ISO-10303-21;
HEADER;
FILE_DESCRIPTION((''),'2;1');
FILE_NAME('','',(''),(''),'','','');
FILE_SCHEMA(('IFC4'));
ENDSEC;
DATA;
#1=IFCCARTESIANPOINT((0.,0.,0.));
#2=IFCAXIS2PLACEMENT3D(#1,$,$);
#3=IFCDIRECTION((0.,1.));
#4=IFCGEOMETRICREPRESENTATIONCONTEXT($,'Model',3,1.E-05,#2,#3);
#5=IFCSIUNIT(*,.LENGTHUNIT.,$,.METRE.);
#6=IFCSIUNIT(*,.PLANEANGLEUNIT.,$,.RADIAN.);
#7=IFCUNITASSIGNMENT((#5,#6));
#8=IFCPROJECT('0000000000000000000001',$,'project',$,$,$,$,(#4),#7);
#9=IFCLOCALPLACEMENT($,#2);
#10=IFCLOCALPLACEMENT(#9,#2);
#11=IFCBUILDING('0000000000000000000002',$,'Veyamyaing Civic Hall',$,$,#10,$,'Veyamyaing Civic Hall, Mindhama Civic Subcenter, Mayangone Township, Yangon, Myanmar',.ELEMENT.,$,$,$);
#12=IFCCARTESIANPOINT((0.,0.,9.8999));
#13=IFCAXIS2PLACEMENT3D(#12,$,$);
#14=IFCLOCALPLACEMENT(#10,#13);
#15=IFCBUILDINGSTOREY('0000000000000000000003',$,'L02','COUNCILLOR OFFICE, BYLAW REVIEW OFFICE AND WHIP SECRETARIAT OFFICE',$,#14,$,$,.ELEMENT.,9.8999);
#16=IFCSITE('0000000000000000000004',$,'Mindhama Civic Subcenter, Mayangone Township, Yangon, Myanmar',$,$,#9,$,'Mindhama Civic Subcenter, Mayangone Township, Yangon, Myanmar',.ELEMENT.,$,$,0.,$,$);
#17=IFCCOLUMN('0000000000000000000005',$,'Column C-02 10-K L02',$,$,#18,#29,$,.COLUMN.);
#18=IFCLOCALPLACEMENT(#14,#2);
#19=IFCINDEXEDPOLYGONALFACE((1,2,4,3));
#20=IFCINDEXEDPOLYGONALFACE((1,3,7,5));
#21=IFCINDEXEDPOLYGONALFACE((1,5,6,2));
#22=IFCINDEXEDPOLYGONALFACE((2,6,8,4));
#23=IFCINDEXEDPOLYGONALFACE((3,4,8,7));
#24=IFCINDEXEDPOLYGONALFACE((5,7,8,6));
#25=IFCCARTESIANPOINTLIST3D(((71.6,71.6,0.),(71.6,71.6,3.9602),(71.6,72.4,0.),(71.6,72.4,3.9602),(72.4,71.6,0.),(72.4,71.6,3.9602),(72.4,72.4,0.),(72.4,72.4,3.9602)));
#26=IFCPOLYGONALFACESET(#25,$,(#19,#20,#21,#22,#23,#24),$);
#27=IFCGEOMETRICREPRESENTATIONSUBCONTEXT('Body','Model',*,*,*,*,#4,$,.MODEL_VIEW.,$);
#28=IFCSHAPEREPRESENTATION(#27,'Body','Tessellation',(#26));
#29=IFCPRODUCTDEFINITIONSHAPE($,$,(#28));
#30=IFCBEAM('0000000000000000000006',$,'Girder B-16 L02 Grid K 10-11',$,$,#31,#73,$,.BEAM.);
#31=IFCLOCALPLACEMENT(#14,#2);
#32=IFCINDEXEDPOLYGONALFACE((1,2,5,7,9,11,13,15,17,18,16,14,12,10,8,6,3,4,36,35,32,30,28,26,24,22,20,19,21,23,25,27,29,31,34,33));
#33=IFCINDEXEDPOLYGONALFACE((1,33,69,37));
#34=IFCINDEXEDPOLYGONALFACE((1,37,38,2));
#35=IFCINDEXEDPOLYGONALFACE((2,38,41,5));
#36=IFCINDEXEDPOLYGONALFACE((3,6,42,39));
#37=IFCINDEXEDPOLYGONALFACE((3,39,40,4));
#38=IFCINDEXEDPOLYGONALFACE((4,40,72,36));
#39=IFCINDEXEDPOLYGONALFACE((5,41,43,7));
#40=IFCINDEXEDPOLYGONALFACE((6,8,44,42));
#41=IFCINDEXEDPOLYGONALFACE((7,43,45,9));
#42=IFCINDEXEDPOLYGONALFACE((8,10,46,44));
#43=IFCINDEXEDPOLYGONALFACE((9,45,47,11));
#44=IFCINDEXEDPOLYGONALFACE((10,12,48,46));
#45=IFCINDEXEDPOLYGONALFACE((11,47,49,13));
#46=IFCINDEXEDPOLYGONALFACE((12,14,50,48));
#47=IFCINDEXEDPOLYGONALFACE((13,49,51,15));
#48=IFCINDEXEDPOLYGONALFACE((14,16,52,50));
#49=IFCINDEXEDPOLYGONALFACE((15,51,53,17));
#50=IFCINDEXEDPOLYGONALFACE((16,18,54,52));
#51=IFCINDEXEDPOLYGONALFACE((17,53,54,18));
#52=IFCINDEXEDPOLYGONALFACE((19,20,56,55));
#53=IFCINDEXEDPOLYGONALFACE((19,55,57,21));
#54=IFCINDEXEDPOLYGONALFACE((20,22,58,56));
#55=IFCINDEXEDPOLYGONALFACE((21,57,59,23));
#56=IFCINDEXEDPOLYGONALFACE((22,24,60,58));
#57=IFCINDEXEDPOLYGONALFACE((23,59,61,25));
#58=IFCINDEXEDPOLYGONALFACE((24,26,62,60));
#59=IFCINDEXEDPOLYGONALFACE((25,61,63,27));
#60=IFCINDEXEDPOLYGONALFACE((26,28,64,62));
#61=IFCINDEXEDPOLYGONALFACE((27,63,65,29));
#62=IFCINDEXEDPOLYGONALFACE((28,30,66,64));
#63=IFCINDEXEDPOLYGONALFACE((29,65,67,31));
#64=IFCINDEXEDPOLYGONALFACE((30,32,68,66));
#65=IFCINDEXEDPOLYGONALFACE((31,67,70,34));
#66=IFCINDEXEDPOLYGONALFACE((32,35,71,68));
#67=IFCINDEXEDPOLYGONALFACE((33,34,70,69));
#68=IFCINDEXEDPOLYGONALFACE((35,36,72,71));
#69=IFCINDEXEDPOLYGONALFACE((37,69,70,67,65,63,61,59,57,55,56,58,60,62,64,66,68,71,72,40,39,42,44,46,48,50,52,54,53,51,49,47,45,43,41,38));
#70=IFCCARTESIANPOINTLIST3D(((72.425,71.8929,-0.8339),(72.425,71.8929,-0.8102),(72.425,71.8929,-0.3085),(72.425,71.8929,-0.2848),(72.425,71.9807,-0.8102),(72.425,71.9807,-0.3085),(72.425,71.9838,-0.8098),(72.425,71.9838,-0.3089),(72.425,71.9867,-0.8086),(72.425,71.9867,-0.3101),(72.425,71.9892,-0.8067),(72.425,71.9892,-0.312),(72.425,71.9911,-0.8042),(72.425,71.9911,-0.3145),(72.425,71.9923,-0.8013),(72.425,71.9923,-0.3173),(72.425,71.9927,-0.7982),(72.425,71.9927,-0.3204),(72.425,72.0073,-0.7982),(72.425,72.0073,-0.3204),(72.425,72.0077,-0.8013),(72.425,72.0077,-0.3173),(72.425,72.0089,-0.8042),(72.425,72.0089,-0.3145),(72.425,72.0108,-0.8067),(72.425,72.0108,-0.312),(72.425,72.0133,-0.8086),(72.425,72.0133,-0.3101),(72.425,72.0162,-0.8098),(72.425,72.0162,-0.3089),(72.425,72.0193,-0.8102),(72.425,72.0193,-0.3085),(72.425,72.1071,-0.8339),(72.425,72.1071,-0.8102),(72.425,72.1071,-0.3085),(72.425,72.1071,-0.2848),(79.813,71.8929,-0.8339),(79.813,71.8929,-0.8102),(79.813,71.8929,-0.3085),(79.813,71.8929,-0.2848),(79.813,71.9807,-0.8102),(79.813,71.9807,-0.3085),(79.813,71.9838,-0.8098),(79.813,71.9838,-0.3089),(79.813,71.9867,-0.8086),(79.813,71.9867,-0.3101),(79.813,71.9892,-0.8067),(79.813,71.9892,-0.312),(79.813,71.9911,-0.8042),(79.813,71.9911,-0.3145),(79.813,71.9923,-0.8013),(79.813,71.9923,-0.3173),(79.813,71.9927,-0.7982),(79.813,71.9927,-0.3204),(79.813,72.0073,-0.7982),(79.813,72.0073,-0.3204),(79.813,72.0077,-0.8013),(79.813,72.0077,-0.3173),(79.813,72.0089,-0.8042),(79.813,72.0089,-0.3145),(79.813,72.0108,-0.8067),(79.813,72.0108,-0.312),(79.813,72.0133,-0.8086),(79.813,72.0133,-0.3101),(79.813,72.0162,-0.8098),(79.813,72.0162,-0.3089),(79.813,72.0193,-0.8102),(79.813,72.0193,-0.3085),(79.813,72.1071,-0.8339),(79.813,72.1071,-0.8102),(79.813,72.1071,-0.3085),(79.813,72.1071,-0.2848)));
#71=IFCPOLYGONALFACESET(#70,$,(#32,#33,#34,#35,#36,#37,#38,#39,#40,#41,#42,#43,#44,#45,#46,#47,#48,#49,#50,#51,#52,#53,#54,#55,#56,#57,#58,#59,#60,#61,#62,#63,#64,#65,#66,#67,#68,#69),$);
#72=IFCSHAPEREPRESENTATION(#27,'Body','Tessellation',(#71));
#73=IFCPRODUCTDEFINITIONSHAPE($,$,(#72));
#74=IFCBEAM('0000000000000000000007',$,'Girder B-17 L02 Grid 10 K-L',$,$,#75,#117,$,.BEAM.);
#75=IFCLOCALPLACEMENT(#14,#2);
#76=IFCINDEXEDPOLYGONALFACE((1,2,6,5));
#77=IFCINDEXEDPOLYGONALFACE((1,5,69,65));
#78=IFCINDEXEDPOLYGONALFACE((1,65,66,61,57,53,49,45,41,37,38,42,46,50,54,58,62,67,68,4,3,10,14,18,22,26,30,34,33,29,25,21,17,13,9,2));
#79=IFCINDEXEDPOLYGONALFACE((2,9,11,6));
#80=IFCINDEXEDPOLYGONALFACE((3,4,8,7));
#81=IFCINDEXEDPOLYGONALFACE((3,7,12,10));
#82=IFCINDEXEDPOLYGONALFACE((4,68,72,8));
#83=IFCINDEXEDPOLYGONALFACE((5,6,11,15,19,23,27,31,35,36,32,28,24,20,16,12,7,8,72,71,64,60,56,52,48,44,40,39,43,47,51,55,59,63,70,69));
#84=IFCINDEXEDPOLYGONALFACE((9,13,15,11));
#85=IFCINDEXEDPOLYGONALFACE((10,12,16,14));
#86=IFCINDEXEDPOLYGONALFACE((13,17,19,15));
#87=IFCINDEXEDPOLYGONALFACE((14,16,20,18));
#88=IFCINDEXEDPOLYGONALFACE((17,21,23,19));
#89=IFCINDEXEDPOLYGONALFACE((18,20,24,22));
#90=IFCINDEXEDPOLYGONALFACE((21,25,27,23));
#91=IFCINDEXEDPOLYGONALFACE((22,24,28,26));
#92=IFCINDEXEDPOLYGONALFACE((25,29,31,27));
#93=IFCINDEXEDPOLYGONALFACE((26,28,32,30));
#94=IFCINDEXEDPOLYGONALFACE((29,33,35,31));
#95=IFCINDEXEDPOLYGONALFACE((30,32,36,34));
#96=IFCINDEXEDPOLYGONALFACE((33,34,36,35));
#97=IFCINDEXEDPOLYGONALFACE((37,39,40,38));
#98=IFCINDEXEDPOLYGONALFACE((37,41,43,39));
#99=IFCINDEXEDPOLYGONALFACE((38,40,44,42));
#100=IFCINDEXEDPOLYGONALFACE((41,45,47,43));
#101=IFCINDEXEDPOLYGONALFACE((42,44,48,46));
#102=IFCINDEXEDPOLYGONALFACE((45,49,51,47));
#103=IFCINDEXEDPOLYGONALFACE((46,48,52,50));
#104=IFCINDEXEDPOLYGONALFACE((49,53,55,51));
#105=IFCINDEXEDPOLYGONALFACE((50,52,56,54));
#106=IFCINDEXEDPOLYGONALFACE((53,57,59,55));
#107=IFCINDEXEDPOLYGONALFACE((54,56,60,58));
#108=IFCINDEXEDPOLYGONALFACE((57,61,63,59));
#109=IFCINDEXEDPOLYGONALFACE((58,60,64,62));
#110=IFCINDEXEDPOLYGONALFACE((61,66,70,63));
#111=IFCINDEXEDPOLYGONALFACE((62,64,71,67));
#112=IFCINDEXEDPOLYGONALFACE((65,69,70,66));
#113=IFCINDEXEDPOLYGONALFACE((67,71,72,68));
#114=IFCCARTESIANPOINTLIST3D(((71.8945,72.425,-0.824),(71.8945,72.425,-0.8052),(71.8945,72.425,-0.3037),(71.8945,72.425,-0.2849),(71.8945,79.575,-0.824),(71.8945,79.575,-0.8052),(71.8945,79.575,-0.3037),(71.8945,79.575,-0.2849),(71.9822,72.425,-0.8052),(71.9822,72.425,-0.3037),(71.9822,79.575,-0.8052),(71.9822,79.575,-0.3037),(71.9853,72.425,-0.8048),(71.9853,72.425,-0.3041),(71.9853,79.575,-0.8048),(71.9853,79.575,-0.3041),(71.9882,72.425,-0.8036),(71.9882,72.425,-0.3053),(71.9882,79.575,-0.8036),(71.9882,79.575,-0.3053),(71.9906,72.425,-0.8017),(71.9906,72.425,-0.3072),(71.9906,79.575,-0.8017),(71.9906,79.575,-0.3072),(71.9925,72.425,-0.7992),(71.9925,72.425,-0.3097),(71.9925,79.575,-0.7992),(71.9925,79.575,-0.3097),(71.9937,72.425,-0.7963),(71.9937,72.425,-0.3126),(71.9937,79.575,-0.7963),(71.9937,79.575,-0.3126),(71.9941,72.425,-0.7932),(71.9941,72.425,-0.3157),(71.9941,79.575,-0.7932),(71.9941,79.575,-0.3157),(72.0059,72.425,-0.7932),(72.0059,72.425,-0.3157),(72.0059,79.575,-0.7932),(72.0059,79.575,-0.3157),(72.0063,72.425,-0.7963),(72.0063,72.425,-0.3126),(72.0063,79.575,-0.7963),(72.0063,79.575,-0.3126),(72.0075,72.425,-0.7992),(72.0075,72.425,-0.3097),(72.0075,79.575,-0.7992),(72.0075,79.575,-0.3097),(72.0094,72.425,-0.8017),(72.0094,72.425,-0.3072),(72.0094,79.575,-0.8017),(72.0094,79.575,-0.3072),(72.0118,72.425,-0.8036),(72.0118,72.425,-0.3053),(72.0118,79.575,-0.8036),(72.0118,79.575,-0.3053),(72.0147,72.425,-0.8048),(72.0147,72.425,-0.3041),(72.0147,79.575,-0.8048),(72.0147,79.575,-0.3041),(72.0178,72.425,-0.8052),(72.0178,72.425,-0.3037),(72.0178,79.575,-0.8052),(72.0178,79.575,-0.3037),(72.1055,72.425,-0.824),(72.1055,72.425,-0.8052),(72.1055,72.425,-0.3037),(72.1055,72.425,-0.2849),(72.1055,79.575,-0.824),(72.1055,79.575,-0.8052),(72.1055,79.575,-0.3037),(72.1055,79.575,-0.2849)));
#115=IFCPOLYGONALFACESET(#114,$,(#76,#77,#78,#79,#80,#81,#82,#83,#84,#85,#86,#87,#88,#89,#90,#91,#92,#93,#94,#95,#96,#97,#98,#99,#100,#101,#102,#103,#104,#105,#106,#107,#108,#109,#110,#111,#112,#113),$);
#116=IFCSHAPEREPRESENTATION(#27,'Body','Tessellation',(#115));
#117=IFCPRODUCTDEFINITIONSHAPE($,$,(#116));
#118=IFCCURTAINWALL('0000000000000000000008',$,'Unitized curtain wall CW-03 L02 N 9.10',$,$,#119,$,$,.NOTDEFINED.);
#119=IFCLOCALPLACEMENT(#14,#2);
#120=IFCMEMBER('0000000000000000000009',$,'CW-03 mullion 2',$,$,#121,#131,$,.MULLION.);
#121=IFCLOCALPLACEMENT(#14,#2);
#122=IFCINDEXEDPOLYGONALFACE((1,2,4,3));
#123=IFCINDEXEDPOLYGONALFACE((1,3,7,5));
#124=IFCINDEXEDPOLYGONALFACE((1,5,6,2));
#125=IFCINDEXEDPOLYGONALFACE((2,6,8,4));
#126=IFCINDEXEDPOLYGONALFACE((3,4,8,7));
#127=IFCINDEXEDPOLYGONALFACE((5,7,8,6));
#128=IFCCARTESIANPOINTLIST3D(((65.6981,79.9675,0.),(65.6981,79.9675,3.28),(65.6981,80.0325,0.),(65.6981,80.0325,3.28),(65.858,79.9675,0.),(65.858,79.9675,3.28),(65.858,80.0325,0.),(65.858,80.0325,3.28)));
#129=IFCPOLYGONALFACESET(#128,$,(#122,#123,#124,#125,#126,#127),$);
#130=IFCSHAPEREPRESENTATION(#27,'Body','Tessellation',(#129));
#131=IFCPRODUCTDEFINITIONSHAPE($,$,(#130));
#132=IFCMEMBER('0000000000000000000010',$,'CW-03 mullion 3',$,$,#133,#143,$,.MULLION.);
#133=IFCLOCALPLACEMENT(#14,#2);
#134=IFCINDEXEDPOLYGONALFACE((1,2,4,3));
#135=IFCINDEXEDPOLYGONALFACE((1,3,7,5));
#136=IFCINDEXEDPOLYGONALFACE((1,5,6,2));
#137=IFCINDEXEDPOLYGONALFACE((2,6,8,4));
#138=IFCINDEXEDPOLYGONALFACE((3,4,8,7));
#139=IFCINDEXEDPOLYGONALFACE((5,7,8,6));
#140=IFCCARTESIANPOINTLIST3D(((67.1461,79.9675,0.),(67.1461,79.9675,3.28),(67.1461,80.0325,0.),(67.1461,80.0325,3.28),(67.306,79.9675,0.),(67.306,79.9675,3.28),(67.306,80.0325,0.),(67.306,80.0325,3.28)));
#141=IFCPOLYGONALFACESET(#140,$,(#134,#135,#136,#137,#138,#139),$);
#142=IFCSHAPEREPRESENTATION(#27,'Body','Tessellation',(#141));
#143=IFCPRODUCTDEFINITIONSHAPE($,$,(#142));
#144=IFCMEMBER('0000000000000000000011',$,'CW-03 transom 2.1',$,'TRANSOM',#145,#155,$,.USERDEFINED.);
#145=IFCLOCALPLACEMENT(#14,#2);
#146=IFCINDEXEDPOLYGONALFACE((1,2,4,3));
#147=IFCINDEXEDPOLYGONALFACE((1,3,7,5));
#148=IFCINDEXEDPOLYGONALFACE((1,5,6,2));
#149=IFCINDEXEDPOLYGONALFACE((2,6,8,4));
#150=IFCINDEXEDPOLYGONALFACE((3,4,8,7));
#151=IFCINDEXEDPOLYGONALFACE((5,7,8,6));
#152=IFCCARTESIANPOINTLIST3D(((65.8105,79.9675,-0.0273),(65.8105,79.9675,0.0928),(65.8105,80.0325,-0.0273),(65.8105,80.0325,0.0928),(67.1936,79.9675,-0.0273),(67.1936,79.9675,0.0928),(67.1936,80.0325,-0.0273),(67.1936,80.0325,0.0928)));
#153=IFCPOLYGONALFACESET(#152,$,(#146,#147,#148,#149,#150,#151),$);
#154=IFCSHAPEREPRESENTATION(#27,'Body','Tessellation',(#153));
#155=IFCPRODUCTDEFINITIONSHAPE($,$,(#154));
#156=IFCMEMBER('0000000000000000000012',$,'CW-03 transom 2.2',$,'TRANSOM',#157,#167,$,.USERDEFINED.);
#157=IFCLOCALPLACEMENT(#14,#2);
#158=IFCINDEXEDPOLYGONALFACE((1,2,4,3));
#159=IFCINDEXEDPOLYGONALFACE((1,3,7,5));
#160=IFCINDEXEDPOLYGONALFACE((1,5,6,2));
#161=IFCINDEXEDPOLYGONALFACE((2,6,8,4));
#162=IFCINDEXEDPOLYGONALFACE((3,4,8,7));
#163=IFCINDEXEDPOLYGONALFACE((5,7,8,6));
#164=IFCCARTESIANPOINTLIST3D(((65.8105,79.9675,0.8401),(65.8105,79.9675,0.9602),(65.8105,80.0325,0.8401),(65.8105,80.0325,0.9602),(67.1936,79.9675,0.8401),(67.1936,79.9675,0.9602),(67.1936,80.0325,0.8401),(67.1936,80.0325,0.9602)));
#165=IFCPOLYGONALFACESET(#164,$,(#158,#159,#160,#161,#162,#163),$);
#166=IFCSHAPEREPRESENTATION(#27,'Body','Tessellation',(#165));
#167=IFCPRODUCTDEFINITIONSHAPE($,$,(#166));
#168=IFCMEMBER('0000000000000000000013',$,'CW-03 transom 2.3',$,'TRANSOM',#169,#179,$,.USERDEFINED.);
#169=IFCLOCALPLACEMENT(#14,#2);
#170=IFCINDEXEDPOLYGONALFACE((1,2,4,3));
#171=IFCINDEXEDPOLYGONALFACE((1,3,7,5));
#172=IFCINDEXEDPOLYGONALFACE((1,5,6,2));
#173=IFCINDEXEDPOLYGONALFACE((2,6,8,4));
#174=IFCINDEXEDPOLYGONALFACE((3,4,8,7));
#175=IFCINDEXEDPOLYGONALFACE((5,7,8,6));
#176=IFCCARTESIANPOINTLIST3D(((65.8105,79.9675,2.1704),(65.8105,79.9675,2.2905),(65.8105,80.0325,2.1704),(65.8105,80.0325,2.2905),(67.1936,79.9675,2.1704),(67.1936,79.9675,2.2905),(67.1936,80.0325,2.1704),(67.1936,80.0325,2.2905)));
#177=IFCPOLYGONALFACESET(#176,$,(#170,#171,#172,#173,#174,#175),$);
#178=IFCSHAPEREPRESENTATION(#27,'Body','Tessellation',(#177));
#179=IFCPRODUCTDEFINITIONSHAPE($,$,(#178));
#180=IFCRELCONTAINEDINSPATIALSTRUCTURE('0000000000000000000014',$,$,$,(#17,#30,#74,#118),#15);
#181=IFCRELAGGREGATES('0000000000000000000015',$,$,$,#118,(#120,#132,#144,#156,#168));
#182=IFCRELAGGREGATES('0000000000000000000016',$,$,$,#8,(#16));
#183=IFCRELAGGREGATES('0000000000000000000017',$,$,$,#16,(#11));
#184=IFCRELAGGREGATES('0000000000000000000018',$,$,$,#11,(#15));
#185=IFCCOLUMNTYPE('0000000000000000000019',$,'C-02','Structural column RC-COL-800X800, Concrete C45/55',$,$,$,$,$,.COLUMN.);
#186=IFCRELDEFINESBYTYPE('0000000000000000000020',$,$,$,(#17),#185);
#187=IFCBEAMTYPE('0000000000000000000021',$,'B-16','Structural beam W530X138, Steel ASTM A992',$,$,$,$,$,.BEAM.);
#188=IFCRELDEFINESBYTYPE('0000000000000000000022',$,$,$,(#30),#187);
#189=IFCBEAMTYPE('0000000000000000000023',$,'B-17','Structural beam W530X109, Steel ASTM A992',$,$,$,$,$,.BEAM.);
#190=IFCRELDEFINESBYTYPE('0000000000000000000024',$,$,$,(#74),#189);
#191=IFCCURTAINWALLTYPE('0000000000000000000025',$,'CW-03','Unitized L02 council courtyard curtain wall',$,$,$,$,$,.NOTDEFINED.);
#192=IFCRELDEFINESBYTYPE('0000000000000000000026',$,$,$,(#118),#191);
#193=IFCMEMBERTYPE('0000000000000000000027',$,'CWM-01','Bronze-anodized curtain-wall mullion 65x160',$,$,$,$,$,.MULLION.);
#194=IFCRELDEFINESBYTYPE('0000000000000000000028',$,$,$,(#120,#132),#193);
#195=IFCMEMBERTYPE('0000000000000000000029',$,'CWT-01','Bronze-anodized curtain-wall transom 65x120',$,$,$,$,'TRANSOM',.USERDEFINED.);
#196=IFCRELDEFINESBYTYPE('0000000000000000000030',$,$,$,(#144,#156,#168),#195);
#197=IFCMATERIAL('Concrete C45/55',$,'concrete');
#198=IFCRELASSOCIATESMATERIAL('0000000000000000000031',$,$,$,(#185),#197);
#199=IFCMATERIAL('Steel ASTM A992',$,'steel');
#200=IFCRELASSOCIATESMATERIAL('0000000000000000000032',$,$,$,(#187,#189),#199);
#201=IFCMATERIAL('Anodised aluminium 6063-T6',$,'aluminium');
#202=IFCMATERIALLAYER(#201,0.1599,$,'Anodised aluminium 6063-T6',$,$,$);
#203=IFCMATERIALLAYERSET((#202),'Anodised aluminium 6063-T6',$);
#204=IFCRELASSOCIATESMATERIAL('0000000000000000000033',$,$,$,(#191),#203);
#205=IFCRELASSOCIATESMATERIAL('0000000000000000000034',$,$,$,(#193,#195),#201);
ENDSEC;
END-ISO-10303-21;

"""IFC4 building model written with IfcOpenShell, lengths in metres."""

from ifc_helpers import new_model, si_unit, direction, frame, origin, origin_2d, place, context, subcontext, project, spatial, rectangle, i_section, extrude, material, layer, layer_set, material_profile, profile_set, type_object, element, aggregate, save


model = new_model("IFC4")

# Units and contexts
model_context = context("Model", 3, precision=1e-05, world=origin(), true_north=direction((0.0, 1.0)))
body_context = subcontext(model_context, "Body", "Model", "MODEL_VIEW")
ifc_project = project(units=[si_unit("LENGTHUNIT", "METRE"), si_unit("PLANEANGLEUNIT", "RADIAN")], contexts=[model_context])

# Site, building, storey
site_placement = place(None, origin())
site = spatial("IfcSite", under=ifc_project, at=site_placement, Name="Mindhama Civic Subcenter, Mayangone Township, Yangon, Myanmar", LongName="Mindhama Civic Subcenter, Mayangone Township, Yangon, Myanmar", CompositionType="ELEMENT", RefElevation=0.0)
building_placement = place(site_placement, origin())
building = spatial("IfcBuilding", under=site, at=building_placement, Name="Veyamyaing Civic Hall", LongName="Veyamyaing Civic Hall, Mindhama Civic Subcenter, Mayangone Township, Yangon, Myanmar", CompositionType="ELEMENT")
storey_placement = place(building_placement, frame((0.0, 0.0, 9.8999)))
storey = spatial("IfcBuildingStorey", under=building, at=storey_placement, Name="L02", Description="COUNCILLOR OFFICE, BYLAW REVIEW OFFICE AND WHIP SECRETARIAT OFFICE", CompositionType="ELEMENT", Elevation=9.8999)

# Column
ifc_material_1 = material(Name="Concrete C45/55", Category="concrete")
ifc_material_profile_1 = material_profile(ifc_material_1, rectangle(XDim=0.8, YDim=0.8, at=origin_2d()), Name="RC-COL-800X800")
ifc_profile_set_1 = profile_set([ifc_material_profile_1], Name="Concrete C45/55")
column_type = type_object("IfcColumnType", Name="C-02", Description="Structural column RC-COL-800X800, Concrete C45/55", PredefinedType="COLUMN", material=ifc_profile_set_1)
column_placement = place(storey_placement, frame((72.0, 72.0, 0.0), z_axis=(0.0, 0.0, 1.0), x_axis=(1.0, 0.0, 0.0)))
element("IfcColumn", 1, at=column_placement, inside=storey, type_object=column_type, Name="Column C-02 10-K L02", PredefinedType="COLUMN", context=body_context, shape_type="SweptSolid", body=[
    extrude(rectangle(XDim=0.8, YDim=0.8, at=origin_2d()), origin(), (0.0, 0.0, 1.0), 3.9602),
])

# Beams
ifc_material_2 = material(Name="Steel ASTM A992", Category="steel")
ifc_material_profile_2 = material_profile(ifc_material_2, i_section(OverallWidth=0.2141, OverallDepth=0.5491, WebThickness=0.0146, FlangeThickness=0.0237, FilletRadius=0.012, at=origin_2d()), Name="W530X138")
ifc_profile_set_2 = profile_set([ifc_material_profile_2], Name="Steel ASTM A992")
beam_type_1 = type_object("IfcBeamType", Name="B-16", Description="Structural beam W530X138, Steel ASTM A992", PredefinedType="BEAM", material=ifc_profile_set_2)
beam_1_placement = place(storey_placement, frame((72.425, 72.0, -0.5593), z_axis=(1.0, 0.0, 0.0), x_axis=(0.0, 1.0, 0.0)))
element("IfcBeam", 2, at=beam_1_placement, inside=storey, type_object=beam_type_1, Name="Girder B-16 L02 Grid K 10-11", PredefinedType="BEAM", context=body_context, shape_type="SweptSolid", body=[
    extrude(i_section(OverallWidth=0.2141, OverallDepth=0.5491, WebThickness=0.0146, FlangeThickness=0.0237, FilletRadius=0.012, at=origin_2d()), origin(), (0.0, 0.0, 1.0), 7.3879),
])
ifc_material_profile_3 = material_profile(ifc_material_2, i_section(OverallWidth=0.2109, OverallDepth=0.5391, WebThickness=0.0117, FlangeThickness=0.0188, FilletRadius=0.012, at=origin_2d()), Name="W530X109")
ifc_profile_set_3 = profile_set([ifc_material_profile_3], Name="Steel ASTM A992")
beam_type_2 = type_object("IfcBeamType", Name="B-17", Description="Structural beam W530X109, Steel ASTM A992", PredefinedType="BEAM", material=ifc_profile_set_3)
beam_2_placement = place(storey_placement, frame((72.0, 72.425, -0.5544), z_axis=(0.0, 1.0, 0.0), x_axis=(-1.0, 0.0, 0.0)))
element("IfcBeam", 3, at=beam_2_placement, inside=storey, type_object=beam_type_2, Name="Girder B-17 L02 Grid 10 K-L", PredefinedType="BEAM", context=body_context, shape_type="SweptSolid", body=[
    extrude(i_section(OverallWidth=0.2109, OverallDepth=0.5391, WebThickness=0.0117, FlangeThickness=0.0188, FilletRadius=0.012, at=origin_2d()), origin(), (0.0, 0.0, 1.0), 7.1499),
])

# Curtain wall, members
ifc_material_3 = material(Name="Anodised aluminium 6063-T6", Category="aluminium")
ifc_layer_1 = layer(ifc_material_3, 0.1599, Name="Anodised aluminium 6063-T6")
ifc_layer_set_1 = layer_set([ifc_layer_1], Name="Anodised aluminium 6063-T6")
curtain_wall_type = type_object("IfcCurtainWallType", Name="CW-03", Description="Unitized L02 council courtyard curtain wall", PredefinedType="NOTDEFINED", material=ifc_layer_set_1)
curtain_wall_placement = place(storey_placement, origin())
curtain_wall = element("IfcCurtainWall", 4, at=curtain_wall_placement, inside=storey, type_object=curtain_wall_type, Name="Unitized curtain wall CW-03 L02 N 9.10", PredefinedType="NOTDEFINED")
ifc_material_profile_4 = material_profile(ifc_material_3, rectangle(XDim=0.0649, YDim=0.1599, at=origin_2d()), Name="ALU-MUL-65X160")
ifc_profile_set_4 = profile_set([ifc_material_profile_4], Name="Anodised aluminium 6063-T6")
member_type_1 = type_object("IfcMemberType", Name="CWM-01", Description="Bronze-anodized curtain-wall mullion 65x160", PredefinedType="MULLION", material=ifc_profile_set_4)
member_1_placement = place(storey_placement, frame((65.7781, 80.0, 0.0), z_axis=(0.0, 0.0, 1.0), x_axis=(0.0, 1.0, 0.0)))
member_1 = element("IfcMember", 5, at=member_1_placement, type_object=member_type_1, Name="CW-03 mullion 2", PredefinedType="MULLION", context=body_context, shape_type="SweptSolid", body=[
    extrude(rectangle(XDim=0.0649, YDim=0.1599, at=origin_2d()), origin(), (0.0, 0.0, 1.0), 3.28),
])
member_2_placement = place(storey_placement, frame((67.2261, 80.0, 0.0), z_axis=(0.0, 0.0, 1.0), x_axis=(0.0, 1.0, 0.0)))
member_2 = element("IfcMember", 6, at=member_2_placement, type_object=member_type_1, Name="CW-03 mullion 3", PredefinedType="MULLION", context=body_context, shape_type="SweptSolid", body=[
    extrude(rectangle(XDim=0.0649, YDim=0.1599, at=origin_2d()), origin(), (0.0, 0.0, 1.0), 3.28),
])
ifc_material_profile_5 = material_profile(ifc_material_3, rectangle(XDim=0.0649, YDim=0.1201, at=origin_2d()), Name="ALU-TRN-65X120")
ifc_profile_set_5 = profile_set([ifc_material_profile_5], Name="Anodised aluminium 6063-T6")
member_type_2 = type_object("IfcMemberType", Name="CWT-01", Description="Bronze-anodized curtain-wall transom 65x120", ElementType="TRANSOM", PredefinedType="USERDEFINED", material=ifc_profile_set_5)
member_3_placement = place(storey_placement, frame((65.8105, 80.0, 0.0327), z_axis=(1.0, 0.0, 0.0), x_axis=(0.0, 1.0, 0.0)))
member_3 = element("IfcMember", 7, at=member_3_placement, type_object=member_type_2, Name="CW-03 transom 2.1", ObjectType="TRANSOM", PredefinedType="USERDEFINED", context=body_context, shape_type="SweptSolid", body=[
    extrude(rectangle(XDim=0.0649, YDim=0.1201, at=origin_2d()), origin(), (0.0, 0.0, 1.0), 1.3831),
])
member_4_placement = place(storey_placement, frame((65.8105, 80.0, 0.9001), z_axis=(1.0, 0.0, 0.0), x_axis=(0.0, 1.0, 0.0)))
member_4 = element("IfcMember", 8, at=member_4_placement, type_object=member_type_2, Name="CW-03 transom 2.2", ObjectType="TRANSOM", PredefinedType="USERDEFINED", context=body_context, shape_type="SweptSolid", body=[
    extrude(rectangle(XDim=0.0649, YDim=0.1201, at=origin_2d()), origin(), (0.0, 0.0, 1.0), 1.3831),
])
member_5_placement = place(storey_placement, frame((65.8105, 80.0, 2.2305), z_axis=(1.0, 0.0, 0.0), x_axis=(0.0, 1.0, 0.0)))
member_5 = element("IfcMember", 9, at=member_5_placement, type_object=member_type_2, Name="CW-03 transom 2.3", ObjectType="TRANSOM", PredefinedType="USERDEFINED", context=body_context, shape_type="SweptSolid", body=[
    extrude(rectangle(XDim=0.0649, YDim=0.1201, at=origin_2d()), origin(), (0.0, 0.0, 1.0), 1.3831),
])

aggregate(curtain_wall, [member_1, member_2, member_3, member_4, member_5])

save(model, "model.ifc")
